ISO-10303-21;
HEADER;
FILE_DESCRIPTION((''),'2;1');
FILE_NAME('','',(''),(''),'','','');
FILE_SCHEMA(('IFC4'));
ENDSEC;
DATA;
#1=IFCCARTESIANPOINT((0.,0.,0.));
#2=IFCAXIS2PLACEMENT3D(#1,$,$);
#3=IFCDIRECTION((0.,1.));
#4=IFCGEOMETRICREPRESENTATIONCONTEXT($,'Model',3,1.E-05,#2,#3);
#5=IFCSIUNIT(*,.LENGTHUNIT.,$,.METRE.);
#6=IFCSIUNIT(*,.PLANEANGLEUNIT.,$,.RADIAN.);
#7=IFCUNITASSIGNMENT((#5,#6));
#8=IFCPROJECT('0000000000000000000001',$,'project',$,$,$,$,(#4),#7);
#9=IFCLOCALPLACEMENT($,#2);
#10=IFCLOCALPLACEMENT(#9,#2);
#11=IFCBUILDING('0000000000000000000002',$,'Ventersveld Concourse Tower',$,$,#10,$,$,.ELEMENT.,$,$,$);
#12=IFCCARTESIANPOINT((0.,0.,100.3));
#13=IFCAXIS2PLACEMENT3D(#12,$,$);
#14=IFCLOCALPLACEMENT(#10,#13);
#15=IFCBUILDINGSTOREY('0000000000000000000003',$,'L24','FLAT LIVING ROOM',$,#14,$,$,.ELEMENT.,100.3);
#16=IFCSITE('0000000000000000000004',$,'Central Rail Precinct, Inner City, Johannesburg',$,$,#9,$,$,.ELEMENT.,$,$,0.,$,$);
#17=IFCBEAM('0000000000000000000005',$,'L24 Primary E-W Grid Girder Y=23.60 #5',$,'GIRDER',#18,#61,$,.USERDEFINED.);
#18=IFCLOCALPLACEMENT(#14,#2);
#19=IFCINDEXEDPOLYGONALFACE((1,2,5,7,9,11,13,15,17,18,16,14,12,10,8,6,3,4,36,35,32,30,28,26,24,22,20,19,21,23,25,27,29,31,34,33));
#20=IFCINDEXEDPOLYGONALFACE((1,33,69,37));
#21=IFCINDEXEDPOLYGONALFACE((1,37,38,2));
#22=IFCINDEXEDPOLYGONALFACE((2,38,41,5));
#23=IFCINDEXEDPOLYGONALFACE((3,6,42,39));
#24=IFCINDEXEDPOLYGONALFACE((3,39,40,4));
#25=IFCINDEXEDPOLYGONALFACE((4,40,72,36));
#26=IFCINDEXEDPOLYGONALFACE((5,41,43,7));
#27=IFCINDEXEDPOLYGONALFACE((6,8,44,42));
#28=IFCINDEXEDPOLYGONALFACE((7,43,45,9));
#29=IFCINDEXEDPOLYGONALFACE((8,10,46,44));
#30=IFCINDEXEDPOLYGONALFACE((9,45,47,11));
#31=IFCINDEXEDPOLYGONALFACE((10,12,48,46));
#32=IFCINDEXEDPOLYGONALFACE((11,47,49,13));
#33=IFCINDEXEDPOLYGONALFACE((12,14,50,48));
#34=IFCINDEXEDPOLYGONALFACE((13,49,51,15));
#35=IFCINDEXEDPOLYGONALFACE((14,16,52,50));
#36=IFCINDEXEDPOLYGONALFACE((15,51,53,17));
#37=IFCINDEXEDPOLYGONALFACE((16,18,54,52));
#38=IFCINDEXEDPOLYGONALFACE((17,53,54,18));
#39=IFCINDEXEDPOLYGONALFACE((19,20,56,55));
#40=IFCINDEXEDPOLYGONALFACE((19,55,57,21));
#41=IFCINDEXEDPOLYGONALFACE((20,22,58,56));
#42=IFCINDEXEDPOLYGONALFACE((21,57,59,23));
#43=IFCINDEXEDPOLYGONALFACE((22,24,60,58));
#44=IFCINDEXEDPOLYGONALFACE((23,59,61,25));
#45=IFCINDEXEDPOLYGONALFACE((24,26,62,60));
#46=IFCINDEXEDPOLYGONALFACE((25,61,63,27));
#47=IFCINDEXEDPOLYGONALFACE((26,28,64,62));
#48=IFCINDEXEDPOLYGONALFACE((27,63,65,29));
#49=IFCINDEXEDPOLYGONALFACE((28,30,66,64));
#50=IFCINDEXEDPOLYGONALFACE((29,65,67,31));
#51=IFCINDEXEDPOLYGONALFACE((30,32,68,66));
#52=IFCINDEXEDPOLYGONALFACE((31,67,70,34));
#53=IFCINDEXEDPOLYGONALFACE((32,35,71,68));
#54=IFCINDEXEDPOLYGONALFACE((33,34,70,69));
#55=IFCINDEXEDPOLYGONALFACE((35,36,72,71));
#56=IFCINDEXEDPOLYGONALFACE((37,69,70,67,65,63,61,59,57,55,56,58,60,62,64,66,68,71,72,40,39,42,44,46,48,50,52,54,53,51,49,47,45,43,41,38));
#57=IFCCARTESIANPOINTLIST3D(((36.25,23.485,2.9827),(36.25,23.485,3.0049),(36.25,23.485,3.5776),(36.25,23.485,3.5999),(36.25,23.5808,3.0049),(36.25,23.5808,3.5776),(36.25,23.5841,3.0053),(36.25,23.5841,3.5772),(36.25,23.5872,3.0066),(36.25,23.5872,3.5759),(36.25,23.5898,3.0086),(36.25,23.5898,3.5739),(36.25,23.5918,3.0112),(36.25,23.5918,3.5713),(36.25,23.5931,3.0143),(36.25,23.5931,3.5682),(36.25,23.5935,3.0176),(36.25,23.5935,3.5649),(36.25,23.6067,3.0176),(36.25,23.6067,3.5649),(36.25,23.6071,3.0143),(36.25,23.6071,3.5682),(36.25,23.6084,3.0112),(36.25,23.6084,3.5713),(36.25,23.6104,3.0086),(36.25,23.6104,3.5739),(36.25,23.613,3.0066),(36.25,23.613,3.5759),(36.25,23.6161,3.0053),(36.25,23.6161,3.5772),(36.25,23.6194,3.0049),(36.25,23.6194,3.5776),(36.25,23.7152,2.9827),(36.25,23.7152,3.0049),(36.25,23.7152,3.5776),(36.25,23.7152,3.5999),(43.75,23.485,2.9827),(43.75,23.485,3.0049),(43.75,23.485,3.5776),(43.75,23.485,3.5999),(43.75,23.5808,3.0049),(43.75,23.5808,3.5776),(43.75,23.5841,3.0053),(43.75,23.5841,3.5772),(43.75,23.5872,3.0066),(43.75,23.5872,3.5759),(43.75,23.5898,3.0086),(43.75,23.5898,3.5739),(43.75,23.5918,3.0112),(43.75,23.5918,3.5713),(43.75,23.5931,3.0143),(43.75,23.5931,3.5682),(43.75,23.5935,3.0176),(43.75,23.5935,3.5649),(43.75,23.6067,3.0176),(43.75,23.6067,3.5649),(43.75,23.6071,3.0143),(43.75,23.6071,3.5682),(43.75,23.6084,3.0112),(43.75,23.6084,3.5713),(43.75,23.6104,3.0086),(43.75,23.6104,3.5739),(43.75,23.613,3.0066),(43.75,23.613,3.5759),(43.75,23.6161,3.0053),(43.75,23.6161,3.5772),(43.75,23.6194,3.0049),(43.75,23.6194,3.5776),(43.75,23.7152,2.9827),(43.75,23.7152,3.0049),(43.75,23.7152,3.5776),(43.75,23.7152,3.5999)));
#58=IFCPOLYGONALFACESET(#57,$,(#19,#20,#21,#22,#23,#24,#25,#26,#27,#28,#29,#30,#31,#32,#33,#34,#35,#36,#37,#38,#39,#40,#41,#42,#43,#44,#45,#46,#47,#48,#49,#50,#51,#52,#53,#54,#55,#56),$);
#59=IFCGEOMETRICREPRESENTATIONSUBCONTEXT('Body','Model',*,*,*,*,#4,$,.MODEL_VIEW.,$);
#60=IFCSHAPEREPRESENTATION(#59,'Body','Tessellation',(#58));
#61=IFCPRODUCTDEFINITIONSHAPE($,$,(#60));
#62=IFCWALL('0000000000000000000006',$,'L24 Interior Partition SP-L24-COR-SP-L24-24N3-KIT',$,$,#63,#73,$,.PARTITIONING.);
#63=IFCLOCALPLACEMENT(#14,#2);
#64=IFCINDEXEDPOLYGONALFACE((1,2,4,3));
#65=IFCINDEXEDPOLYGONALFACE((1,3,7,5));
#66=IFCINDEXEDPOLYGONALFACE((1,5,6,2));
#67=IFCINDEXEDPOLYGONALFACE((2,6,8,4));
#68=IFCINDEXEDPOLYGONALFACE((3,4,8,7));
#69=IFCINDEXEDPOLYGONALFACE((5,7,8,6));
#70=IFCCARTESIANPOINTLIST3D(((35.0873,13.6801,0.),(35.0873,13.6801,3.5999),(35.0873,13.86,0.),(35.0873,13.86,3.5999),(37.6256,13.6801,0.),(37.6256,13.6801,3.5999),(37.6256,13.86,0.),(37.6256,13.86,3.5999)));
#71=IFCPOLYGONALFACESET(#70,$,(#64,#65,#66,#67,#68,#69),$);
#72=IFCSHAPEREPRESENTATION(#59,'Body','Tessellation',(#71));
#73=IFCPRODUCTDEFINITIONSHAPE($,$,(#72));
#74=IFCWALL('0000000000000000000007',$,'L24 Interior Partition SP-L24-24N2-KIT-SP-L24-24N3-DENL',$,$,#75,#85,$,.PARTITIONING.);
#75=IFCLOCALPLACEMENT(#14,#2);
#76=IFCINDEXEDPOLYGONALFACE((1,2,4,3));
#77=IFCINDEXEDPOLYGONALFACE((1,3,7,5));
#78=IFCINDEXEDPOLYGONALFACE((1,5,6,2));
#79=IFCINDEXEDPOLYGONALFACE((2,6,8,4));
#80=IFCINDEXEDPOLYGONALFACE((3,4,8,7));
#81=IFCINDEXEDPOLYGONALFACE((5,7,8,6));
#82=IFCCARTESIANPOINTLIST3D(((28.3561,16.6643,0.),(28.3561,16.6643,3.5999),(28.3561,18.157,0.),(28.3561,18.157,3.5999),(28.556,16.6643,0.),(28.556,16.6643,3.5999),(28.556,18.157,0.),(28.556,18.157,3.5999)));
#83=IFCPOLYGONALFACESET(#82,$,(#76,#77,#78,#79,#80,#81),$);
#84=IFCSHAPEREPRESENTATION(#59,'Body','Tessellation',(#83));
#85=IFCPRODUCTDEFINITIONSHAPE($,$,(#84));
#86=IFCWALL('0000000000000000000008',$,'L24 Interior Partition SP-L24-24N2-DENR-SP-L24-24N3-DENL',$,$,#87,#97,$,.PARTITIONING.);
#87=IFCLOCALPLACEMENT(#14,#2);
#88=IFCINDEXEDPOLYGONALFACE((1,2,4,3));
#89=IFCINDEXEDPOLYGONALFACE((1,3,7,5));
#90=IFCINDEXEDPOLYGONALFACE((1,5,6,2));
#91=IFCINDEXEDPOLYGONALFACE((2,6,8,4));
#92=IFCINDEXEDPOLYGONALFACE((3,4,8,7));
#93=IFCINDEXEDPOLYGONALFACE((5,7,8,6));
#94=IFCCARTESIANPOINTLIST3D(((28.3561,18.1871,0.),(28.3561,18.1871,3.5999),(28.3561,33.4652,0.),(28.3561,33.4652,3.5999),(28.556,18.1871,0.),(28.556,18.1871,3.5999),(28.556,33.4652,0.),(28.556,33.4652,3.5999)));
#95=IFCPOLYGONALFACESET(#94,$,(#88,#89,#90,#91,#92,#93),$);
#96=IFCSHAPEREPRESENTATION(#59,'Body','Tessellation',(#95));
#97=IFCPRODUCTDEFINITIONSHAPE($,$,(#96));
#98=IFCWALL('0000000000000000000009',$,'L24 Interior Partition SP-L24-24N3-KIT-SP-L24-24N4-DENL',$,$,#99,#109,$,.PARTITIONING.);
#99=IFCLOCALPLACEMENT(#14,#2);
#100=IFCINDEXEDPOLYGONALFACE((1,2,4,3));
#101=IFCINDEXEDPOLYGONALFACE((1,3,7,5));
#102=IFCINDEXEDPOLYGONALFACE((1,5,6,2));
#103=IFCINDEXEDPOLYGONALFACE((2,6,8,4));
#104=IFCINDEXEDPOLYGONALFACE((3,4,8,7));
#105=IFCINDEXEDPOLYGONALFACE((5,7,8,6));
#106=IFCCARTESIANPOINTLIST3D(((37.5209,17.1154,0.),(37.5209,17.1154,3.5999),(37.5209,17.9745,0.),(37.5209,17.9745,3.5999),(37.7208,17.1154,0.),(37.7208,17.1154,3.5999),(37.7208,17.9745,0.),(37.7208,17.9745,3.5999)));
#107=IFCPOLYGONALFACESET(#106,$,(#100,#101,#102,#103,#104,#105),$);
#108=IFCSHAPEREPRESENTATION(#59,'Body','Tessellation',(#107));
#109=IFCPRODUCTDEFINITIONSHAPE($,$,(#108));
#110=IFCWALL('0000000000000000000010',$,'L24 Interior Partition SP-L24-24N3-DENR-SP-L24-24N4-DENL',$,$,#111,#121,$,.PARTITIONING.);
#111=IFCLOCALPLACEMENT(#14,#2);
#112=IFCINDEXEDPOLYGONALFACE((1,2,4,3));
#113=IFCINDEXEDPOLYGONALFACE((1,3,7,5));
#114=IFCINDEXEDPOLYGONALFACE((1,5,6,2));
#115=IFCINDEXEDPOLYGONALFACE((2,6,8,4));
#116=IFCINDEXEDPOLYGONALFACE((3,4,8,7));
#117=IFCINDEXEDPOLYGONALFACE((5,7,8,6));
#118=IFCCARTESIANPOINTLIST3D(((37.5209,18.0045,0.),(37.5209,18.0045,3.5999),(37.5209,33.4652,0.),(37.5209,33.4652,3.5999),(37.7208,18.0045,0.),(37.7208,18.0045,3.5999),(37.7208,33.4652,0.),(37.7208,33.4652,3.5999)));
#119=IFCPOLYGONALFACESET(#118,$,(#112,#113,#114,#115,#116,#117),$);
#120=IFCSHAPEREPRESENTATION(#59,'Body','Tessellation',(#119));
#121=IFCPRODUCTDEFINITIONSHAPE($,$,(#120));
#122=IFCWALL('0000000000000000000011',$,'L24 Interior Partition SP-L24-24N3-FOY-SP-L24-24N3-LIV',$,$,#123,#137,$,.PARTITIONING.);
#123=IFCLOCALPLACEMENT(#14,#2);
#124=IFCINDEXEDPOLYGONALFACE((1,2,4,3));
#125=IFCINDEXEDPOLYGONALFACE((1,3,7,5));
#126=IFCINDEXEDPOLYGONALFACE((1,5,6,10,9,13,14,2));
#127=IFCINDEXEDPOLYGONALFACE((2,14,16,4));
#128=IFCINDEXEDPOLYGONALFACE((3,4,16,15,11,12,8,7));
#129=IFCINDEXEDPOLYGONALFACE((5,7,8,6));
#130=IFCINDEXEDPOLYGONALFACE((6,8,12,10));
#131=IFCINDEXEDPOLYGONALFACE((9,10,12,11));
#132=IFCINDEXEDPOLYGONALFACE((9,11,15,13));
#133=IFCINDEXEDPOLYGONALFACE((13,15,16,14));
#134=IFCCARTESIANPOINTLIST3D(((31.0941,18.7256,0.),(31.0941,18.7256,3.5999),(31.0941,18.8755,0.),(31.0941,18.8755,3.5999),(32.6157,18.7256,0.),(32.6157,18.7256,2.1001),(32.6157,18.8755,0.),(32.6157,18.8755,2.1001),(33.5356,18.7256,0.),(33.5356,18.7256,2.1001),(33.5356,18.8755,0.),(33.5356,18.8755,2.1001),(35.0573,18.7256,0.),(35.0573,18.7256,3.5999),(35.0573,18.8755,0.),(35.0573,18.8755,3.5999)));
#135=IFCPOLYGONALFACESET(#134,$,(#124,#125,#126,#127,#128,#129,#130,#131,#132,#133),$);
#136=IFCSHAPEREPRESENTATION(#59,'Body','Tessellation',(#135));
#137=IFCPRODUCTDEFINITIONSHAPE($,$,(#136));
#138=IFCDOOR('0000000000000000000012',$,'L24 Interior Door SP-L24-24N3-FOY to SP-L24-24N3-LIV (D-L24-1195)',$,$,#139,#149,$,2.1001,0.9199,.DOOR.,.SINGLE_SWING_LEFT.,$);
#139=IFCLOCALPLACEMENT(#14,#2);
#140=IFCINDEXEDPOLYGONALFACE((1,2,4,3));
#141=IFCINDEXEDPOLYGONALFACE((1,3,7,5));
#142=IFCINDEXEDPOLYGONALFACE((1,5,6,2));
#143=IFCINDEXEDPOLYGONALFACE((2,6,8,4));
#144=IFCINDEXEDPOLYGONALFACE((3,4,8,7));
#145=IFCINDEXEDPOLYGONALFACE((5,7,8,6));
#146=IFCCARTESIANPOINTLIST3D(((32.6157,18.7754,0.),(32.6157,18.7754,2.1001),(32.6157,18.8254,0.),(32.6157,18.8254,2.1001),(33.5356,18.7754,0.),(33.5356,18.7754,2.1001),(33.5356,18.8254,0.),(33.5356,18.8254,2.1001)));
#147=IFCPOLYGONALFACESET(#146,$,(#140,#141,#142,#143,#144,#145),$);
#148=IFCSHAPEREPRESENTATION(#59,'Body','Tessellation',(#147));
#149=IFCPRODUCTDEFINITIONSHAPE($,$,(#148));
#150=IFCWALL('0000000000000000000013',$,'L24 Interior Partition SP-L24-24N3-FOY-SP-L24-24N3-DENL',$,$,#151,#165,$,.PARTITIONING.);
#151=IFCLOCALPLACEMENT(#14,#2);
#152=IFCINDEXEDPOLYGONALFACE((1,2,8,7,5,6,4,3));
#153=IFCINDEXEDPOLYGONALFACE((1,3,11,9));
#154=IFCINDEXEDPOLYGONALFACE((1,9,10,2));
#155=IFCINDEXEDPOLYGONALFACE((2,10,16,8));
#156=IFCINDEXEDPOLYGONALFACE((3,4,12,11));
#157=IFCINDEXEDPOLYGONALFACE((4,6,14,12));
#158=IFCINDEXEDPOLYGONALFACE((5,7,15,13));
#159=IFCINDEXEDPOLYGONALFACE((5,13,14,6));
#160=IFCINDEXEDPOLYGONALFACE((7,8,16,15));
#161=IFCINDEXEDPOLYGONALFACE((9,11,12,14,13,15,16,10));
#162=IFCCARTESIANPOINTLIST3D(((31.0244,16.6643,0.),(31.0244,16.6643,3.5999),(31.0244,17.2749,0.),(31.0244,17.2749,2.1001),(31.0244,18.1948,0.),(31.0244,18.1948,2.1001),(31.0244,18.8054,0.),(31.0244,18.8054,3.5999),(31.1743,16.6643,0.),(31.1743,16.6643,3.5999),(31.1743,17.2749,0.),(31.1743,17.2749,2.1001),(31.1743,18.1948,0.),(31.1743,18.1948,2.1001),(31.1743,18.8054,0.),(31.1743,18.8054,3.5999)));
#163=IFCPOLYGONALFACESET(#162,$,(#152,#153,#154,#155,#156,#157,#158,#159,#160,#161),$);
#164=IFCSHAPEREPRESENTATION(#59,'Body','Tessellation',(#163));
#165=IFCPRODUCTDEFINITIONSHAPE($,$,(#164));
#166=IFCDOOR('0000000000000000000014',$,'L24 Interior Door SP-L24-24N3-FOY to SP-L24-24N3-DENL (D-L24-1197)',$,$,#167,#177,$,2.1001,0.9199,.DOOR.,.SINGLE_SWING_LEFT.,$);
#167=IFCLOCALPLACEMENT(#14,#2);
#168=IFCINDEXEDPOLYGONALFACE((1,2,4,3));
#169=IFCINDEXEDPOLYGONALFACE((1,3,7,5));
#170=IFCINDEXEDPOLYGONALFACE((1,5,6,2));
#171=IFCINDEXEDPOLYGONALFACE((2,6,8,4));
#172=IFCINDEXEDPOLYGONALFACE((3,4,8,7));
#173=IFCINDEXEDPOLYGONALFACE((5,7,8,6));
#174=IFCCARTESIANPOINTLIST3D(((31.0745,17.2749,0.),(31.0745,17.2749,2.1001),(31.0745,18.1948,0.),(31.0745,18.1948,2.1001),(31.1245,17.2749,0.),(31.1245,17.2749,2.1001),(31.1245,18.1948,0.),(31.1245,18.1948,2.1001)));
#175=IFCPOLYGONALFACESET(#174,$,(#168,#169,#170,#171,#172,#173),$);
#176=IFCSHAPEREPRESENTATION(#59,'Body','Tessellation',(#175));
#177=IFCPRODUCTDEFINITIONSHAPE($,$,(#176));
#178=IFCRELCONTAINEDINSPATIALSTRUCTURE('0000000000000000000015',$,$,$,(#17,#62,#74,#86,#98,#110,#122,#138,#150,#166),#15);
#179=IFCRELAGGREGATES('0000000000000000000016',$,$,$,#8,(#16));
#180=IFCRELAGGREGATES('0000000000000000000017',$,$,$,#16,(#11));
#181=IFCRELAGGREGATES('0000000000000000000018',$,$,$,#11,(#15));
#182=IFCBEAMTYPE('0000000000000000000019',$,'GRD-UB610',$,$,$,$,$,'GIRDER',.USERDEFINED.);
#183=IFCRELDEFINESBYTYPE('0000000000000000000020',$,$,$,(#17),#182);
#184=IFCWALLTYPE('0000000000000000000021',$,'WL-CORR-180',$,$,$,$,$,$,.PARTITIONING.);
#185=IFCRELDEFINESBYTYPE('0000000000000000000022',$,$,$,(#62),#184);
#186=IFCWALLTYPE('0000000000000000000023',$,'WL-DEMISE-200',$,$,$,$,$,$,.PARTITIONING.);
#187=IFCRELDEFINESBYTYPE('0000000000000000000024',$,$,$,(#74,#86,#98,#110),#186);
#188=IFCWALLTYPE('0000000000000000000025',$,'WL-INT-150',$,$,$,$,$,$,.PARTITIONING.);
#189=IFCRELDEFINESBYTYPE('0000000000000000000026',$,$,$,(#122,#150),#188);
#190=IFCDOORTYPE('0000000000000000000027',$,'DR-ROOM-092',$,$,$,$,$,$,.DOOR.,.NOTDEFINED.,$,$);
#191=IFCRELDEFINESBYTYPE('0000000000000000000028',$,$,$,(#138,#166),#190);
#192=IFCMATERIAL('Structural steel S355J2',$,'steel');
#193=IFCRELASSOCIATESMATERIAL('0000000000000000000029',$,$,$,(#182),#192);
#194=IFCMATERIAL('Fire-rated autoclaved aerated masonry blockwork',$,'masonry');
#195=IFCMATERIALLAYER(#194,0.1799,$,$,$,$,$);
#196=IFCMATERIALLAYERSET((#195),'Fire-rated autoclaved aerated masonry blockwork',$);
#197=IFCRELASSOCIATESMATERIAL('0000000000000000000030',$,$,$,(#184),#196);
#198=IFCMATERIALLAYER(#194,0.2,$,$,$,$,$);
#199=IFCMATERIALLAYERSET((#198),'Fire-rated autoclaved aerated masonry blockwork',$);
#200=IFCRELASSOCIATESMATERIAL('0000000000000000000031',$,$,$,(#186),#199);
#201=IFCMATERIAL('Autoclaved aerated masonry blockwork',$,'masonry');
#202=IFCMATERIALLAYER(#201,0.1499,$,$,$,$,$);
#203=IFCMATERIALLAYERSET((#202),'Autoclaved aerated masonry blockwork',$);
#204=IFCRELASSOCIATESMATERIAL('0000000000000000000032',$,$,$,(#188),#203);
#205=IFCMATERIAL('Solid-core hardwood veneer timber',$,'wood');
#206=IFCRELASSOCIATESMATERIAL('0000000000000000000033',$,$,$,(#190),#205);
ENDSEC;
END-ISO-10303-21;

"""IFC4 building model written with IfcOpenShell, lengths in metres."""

from ifc_helpers import new_model, si_unit, direction, frame, frame_2d, origin, origin_2d, place, context, subcontext, project, spatial, rectangle, i_section, extrude, material, layer, layer_set, material_profile, profile_set, type_object, element, fill, save


model = new_model("IFC4")

# Units and contexts
model_context = context("Model", 3, precision=1e-05, world=origin(), true_north=direction((0.0, 1.0)))
body_context = subcontext(model_context, "Body", "Model", "MODEL_VIEW")
ifc_project = project(units=[si_unit("LENGTHUNIT", "METRE"), si_unit("PLANEANGLEUNIT", "RADIAN")], contexts=[model_context])

# Site, building, storey
site_placement = place(None, origin())
site = spatial("IfcSite", under=ifc_project, at=site_placement, Name="Central Rail Precinct, Inner City, Johannesburg", CompositionType="ELEMENT", RefElevation=0.0)
building_placement = place(site_placement, origin())
building = spatial("IfcBuilding", under=site, at=building_placement, Name="Ventersveld Concourse Tower", CompositionType="ELEMENT")
storey_placement = place(building_placement, frame((0.0, 0.0, 100.3)))
storey = spatial("IfcBuildingStorey", under=building, at=storey_placement, Name="L24", Description="FLAT LIVING ROOM", CompositionType="ELEMENT", Elevation=100.3)

# Beam
ifc_material_1 = material(Name="Structural steel S355J2", Category="steel")
ifc_material_profile_1 = material_profile(ifc_material_1, i_section(OverallWidth=0.2302, OverallDepth=0.6172, WebThickness=0.0132, FlangeThickness=0.0222, FilletRadius=0.0127, at=origin_2d()), Name="UB 610x229x140")
ifc_profile_set_1 = profile_set([ifc_material_profile_1], Name="Structural steel S355J2")
beam_type_1 = type_object("IfcBeamType", Name="GRD-UB610", ElementType="GIRDER", PredefinedType="USERDEFINED", material=ifc_profile_set_1)
for number, where, z_axis, x_axis, name in (
    (1, (36.25, 23.6001, 3.2913), (1.0, 0.0, 0.0), (0.0, 1.0, 0.0), "L24 Primary E-W Grid Girder Y=23.60 #5"),
):
    element("IfcBeam", number, at=place(storey_placement, frame(where, z_axis=z_axis, x_axis=x_axis)), inside=storey, type_object=beam_type_1, Name=name, ObjectType="GIRDER", PredefinedType="USERDEFINED", context=body_context, shape_type="SweptSolid", body=[
        extrude(i_section(OverallWidth=0.2302, OverallDepth=0.6172, WebThickness=0.0132, FlangeThickness=0.0222, FilletRadius=0.0127, at=origin_2d()), origin(), (0.0, 0.0, 1.0), 7.5),
    ])

# Walls
ifc_material_2 = material(Name="Fire-rated autoclaved aerated masonry blockwork", Category="masonry")
ifc_layer_1 = layer(ifc_material_2, 0.1799)
ifc_layer_set_1 = layer_set([ifc_layer_1], Name="Fire-rated autoclaved aerated masonry blockwork")
wall_type_1 = type_object("IfcWallType", Name="WL-CORR-180", PredefinedType="PARTITIONING", material=ifc_layer_set_1)
wall_1_placement = place(storey_placement, frame((35.0874, 13.77, 0.0), z_axis=(0.0, 0.0, 1.0), x_axis=(1.0, 0.0, 0.0)))
element("IfcWall", 2, at=wall_1_placement, inside=storey, type_object=wall_type_1, Name="L24 Interior Partition SP-L24-COR-SP-L24-24N3-KIT", PredefinedType="PARTITIONING", context=body_context, shape_type="SweptSolid", body=[
    extrude(rectangle(XDim=2.5383, YDim=0.1799, at=frame_2d((1.269, 0.0))), origin(), (0.0, 0.0, 1.0), 3.5999),
])
ifc_layer_2 = layer(ifc_material_2, 0.2)
ifc_layer_set_2 = layer_set([ifc_layer_2], Name="Fire-rated autoclaved aerated masonry blockwork")
wall_type_2 = type_object("IfcWallType", Name="WL-DEMISE-200", PredefinedType="PARTITIONING", material=ifc_layer_set_2)
wall_2_placement = place(storey_placement, frame((28.4561, 16.6643, 0.0), z_axis=(0.0, 0.0, 1.0), x_axis=(0.0, 1.0, 0.0)))
element("IfcWall", 3, at=wall_2_placement, inside=storey, type_object=wall_type_2, Name="L24 Interior Partition SP-L24-24N2-KIT-SP-L24-24N3-DENL", PredefinedType="PARTITIONING", context=body_context, shape_type="SweptSolid", body=[
    extrude(rectangle(XDim=1.4927, YDim=0.2, at=frame_2d((0.7463, 0.0))), origin(), (0.0, 0.0, 1.0), 3.5999),
])
wall_3_placement = place(storey_placement, frame((28.4561, 18.187, 0.0), z_axis=(0.0, 0.0, 1.0), x_axis=(0.0, 1.0, 0.0)))
element("IfcWall", 4, at=wall_3_placement, inside=storey, type_object=wall_type_2, Name="L24 Interior Partition SP-L24-24N2-DENR-SP-L24-24N3-DENL", PredefinedType="PARTITIONING", context=body_context, shape_type="SweptSolid", body=[
    extrude(rectangle(XDim=15.2781, YDim=0.2, at=frame_2d((7.6392, 0.0))), origin(), (0.0, 0.0, 1.0), 3.5999),
])
wall_4_placement = place(storey_placement, frame((37.6208, 17.1152, 0.0), z_axis=(0.0, 0.0, 1.0), x_axis=(0.0, 1.0, 0.0)))
element("IfcWall", 5, at=wall_4_placement, inside=storey, type_object=wall_type_2, Name="L24 Interior Partition SP-L24-24N3-KIT-SP-L24-24N4-DENL", PredefinedType="PARTITIONING", context=body_context, shape_type="SweptSolid", body=[
    extrude(rectangle(XDim=0.8591, YDim=0.2, at=frame_2d((0.4297, 0.0))), origin(), (0.0, 0.0, 1.0), 3.5999),
])
wall_5_placement = place(storey_placement, frame((37.6208, 18.0044, 0.0), z_axis=(0.0, 0.0, 1.0), x_axis=(0.0, 1.0, 0.0)))
element("IfcWall", 6, at=wall_5_placement, inside=storey, type_object=wall_type_2, Name="L24 Interior Partition SP-L24-24N3-DENR-SP-L24-24N4-DENL", PredefinedType="PARTITIONING", context=body_context, shape_type="SweptSolid", body=[
    extrude(rectangle(XDim=15.4607, YDim=0.2, at=frame_2d((7.7305, 0.0))), origin(), (0.0, 0.0, 1.0), 3.5999),
])

# Walls, openings, doors
ifc_material_3 = material(Name="Autoclaved aerated masonry blockwork", Category="masonry")
ifc_layer_3 = layer(ifc_material_3, 0.1499)
ifc_layer_set_3 = layer_set([ifc_layer_3], Name="Autoclaved aerated masonry blockwork")
wall_type_3 = type_object("IfcWallType", Name="WL-INT-150", PredefinedType="PARTITIONING", material=ifc_layer_set_3)
wall_6_placement = place(storey_placement, frame((31.0942, 18.8005, 0.0), z_axis=(0.0, 0.0, 1.0), x_axis=(1.0, 0.0, 0.0)))
wall_6 = element("IfcWall", 7, at=wall_6_placement, inside=storey, type_object=wall_type_3, Name="L24 Interior Partition SP-L24-24N3-FOY-SP-L24-24N3-LIV", PredefinedType="PARTITIONING", context=body_context, shape_type="SweptSolid", body=[
    extrude(rectangle(XDim=3.9631, YDim=0.1499, at=frame_2d((1.9814, 0.0))), origin(), (0.0, 0.0, 1.0), 3.5999),
])
opening_1_placement = place(wall_6_placement, frame((1.5215, 0.0, 0.0)))
opening_1 = element("IfcOpeningElement", 8, at=opening_1_placement, cuts=wall_6, PredefinedType="OPENING", context=body_context, shape_type="SweptSolid", body=[
    extrude(rectangle(XDim=0.9199, YDim=2.1001, at=frame_2d((0.46, 1.05))), frame((0.0, 0.085, 0.0), z_axis=(0.0, -1.0, 0.0), x_axis=(1.0, 0.0, 0.0)), (0.0, 0.0, 1.0), 0.1699),
])
ifc_material_4 = material(Name="Solid-core hardwood veneer timber", Category="wood")
door_type = type_object("IfcDoorType", Name="DR-ROOM-092", OperationType="NOTDEFINED", PredefinedType="DOOR", material=ifc_material_4)
door_1_placement = place(opening_1_placement, origin())
door_1 = element("IfcDoor", 9, at=door_1_placement, inside=storey, type_object=door_type, Name="L24 Interior Door SP-L24-24N3-FOY to SP-L24-24N3-LIV (D-L24-1195)", OperationType="SINGLE_SWING_LEFT", OverallHeight=2.1001, OverallWidth=0.9199, PredefinedType="DOOR", context=body_context, shape_type="SweptSolid", body=[
    extrude(rectangle(XDim=0.9199, YDim=2.1001, at=frame_2d((0.46, 1.05))), frame((0.0, 0.0249, 0.0), z_axis=(0.0, -1.0, 0.0), x_axis=(1.0, 0.0, 0.0)), (0.0, 0.0, 1.0), 0.05),
])
fill(opening_1, door_1)
wall_7_placement = place(storey_placement, frame((31.0994, 16.6643, 0.0), z_axis=(0.0, 0.0, 1.0), x_axis=(0.0, 1.0, 0.0)))
wall_7 = element("IfcWall", 10, at=wall_7_placement, inside=storey, type_object=wall_type_3, Name="L24 Interior Partition SP-L24-24N3-FOY-SP-L24-24N3-DENL", PredefinedType="PARTITIONING", context=body_context, shape_type="SweptSolid", body=[
    extrude(rectangle(XDim=2.1411, YDim=0.1499, at=frame_2d((1.0706, 0.0))), origin(), (0.0, 0.0, 1.0), 3.5999),
])
opening_2_placement = place(wall_7_placement, frame((0.6106, 0.0, 0.0)))
opening_2 = element("IfcOpeningElement", 11, at=opening_2_placement, cuts=wall_7, PredefinedType="OPENING", context=body_context, shape_type="SweptSolid", body=[
    extrude(rectangle(XDim=0.9199, YDim=2.1001, at=frame_2d((0.46, 1.05))), frame((0.0, 0.085, 0.0), z_axis=(0.0, -1.0, 0.0), x_axis=(1.0, 0.0, 0.0)), (0.0, 0.0, 1.0), 0.1699),
])
door_2_placement = place(opening_2_placement, origin())
door_2 = element("IfcDoor", 12, at=door_2_placement, inside=storey, type_object=door_type, Name="L24 Interior Door SP-L24-24N3-FOY to SP-L24-24N3-DENL (D-L24-1197)", OperationType="SINGLE_SWING_LEFT", OverallHeight=2.1001, OverallWidth=0.9199, PredefinedType="DOOR", context=body_context, shape_type="SweptSolid", body=[
    extrude(rectangle(XDim=0.9199, YDim=2.1001, at=frame_2d((0.46, 1.05))), frame((0.0, 0.0249, 0.0), z_axis=(0.0, -1.0, 0.0), x_axis=(1.0, 0.0, 0.0)), (0.0, 0.0, 1.0), 0.05),
])
fill(opening_2, door_2)

save(model, "model.ifc")
